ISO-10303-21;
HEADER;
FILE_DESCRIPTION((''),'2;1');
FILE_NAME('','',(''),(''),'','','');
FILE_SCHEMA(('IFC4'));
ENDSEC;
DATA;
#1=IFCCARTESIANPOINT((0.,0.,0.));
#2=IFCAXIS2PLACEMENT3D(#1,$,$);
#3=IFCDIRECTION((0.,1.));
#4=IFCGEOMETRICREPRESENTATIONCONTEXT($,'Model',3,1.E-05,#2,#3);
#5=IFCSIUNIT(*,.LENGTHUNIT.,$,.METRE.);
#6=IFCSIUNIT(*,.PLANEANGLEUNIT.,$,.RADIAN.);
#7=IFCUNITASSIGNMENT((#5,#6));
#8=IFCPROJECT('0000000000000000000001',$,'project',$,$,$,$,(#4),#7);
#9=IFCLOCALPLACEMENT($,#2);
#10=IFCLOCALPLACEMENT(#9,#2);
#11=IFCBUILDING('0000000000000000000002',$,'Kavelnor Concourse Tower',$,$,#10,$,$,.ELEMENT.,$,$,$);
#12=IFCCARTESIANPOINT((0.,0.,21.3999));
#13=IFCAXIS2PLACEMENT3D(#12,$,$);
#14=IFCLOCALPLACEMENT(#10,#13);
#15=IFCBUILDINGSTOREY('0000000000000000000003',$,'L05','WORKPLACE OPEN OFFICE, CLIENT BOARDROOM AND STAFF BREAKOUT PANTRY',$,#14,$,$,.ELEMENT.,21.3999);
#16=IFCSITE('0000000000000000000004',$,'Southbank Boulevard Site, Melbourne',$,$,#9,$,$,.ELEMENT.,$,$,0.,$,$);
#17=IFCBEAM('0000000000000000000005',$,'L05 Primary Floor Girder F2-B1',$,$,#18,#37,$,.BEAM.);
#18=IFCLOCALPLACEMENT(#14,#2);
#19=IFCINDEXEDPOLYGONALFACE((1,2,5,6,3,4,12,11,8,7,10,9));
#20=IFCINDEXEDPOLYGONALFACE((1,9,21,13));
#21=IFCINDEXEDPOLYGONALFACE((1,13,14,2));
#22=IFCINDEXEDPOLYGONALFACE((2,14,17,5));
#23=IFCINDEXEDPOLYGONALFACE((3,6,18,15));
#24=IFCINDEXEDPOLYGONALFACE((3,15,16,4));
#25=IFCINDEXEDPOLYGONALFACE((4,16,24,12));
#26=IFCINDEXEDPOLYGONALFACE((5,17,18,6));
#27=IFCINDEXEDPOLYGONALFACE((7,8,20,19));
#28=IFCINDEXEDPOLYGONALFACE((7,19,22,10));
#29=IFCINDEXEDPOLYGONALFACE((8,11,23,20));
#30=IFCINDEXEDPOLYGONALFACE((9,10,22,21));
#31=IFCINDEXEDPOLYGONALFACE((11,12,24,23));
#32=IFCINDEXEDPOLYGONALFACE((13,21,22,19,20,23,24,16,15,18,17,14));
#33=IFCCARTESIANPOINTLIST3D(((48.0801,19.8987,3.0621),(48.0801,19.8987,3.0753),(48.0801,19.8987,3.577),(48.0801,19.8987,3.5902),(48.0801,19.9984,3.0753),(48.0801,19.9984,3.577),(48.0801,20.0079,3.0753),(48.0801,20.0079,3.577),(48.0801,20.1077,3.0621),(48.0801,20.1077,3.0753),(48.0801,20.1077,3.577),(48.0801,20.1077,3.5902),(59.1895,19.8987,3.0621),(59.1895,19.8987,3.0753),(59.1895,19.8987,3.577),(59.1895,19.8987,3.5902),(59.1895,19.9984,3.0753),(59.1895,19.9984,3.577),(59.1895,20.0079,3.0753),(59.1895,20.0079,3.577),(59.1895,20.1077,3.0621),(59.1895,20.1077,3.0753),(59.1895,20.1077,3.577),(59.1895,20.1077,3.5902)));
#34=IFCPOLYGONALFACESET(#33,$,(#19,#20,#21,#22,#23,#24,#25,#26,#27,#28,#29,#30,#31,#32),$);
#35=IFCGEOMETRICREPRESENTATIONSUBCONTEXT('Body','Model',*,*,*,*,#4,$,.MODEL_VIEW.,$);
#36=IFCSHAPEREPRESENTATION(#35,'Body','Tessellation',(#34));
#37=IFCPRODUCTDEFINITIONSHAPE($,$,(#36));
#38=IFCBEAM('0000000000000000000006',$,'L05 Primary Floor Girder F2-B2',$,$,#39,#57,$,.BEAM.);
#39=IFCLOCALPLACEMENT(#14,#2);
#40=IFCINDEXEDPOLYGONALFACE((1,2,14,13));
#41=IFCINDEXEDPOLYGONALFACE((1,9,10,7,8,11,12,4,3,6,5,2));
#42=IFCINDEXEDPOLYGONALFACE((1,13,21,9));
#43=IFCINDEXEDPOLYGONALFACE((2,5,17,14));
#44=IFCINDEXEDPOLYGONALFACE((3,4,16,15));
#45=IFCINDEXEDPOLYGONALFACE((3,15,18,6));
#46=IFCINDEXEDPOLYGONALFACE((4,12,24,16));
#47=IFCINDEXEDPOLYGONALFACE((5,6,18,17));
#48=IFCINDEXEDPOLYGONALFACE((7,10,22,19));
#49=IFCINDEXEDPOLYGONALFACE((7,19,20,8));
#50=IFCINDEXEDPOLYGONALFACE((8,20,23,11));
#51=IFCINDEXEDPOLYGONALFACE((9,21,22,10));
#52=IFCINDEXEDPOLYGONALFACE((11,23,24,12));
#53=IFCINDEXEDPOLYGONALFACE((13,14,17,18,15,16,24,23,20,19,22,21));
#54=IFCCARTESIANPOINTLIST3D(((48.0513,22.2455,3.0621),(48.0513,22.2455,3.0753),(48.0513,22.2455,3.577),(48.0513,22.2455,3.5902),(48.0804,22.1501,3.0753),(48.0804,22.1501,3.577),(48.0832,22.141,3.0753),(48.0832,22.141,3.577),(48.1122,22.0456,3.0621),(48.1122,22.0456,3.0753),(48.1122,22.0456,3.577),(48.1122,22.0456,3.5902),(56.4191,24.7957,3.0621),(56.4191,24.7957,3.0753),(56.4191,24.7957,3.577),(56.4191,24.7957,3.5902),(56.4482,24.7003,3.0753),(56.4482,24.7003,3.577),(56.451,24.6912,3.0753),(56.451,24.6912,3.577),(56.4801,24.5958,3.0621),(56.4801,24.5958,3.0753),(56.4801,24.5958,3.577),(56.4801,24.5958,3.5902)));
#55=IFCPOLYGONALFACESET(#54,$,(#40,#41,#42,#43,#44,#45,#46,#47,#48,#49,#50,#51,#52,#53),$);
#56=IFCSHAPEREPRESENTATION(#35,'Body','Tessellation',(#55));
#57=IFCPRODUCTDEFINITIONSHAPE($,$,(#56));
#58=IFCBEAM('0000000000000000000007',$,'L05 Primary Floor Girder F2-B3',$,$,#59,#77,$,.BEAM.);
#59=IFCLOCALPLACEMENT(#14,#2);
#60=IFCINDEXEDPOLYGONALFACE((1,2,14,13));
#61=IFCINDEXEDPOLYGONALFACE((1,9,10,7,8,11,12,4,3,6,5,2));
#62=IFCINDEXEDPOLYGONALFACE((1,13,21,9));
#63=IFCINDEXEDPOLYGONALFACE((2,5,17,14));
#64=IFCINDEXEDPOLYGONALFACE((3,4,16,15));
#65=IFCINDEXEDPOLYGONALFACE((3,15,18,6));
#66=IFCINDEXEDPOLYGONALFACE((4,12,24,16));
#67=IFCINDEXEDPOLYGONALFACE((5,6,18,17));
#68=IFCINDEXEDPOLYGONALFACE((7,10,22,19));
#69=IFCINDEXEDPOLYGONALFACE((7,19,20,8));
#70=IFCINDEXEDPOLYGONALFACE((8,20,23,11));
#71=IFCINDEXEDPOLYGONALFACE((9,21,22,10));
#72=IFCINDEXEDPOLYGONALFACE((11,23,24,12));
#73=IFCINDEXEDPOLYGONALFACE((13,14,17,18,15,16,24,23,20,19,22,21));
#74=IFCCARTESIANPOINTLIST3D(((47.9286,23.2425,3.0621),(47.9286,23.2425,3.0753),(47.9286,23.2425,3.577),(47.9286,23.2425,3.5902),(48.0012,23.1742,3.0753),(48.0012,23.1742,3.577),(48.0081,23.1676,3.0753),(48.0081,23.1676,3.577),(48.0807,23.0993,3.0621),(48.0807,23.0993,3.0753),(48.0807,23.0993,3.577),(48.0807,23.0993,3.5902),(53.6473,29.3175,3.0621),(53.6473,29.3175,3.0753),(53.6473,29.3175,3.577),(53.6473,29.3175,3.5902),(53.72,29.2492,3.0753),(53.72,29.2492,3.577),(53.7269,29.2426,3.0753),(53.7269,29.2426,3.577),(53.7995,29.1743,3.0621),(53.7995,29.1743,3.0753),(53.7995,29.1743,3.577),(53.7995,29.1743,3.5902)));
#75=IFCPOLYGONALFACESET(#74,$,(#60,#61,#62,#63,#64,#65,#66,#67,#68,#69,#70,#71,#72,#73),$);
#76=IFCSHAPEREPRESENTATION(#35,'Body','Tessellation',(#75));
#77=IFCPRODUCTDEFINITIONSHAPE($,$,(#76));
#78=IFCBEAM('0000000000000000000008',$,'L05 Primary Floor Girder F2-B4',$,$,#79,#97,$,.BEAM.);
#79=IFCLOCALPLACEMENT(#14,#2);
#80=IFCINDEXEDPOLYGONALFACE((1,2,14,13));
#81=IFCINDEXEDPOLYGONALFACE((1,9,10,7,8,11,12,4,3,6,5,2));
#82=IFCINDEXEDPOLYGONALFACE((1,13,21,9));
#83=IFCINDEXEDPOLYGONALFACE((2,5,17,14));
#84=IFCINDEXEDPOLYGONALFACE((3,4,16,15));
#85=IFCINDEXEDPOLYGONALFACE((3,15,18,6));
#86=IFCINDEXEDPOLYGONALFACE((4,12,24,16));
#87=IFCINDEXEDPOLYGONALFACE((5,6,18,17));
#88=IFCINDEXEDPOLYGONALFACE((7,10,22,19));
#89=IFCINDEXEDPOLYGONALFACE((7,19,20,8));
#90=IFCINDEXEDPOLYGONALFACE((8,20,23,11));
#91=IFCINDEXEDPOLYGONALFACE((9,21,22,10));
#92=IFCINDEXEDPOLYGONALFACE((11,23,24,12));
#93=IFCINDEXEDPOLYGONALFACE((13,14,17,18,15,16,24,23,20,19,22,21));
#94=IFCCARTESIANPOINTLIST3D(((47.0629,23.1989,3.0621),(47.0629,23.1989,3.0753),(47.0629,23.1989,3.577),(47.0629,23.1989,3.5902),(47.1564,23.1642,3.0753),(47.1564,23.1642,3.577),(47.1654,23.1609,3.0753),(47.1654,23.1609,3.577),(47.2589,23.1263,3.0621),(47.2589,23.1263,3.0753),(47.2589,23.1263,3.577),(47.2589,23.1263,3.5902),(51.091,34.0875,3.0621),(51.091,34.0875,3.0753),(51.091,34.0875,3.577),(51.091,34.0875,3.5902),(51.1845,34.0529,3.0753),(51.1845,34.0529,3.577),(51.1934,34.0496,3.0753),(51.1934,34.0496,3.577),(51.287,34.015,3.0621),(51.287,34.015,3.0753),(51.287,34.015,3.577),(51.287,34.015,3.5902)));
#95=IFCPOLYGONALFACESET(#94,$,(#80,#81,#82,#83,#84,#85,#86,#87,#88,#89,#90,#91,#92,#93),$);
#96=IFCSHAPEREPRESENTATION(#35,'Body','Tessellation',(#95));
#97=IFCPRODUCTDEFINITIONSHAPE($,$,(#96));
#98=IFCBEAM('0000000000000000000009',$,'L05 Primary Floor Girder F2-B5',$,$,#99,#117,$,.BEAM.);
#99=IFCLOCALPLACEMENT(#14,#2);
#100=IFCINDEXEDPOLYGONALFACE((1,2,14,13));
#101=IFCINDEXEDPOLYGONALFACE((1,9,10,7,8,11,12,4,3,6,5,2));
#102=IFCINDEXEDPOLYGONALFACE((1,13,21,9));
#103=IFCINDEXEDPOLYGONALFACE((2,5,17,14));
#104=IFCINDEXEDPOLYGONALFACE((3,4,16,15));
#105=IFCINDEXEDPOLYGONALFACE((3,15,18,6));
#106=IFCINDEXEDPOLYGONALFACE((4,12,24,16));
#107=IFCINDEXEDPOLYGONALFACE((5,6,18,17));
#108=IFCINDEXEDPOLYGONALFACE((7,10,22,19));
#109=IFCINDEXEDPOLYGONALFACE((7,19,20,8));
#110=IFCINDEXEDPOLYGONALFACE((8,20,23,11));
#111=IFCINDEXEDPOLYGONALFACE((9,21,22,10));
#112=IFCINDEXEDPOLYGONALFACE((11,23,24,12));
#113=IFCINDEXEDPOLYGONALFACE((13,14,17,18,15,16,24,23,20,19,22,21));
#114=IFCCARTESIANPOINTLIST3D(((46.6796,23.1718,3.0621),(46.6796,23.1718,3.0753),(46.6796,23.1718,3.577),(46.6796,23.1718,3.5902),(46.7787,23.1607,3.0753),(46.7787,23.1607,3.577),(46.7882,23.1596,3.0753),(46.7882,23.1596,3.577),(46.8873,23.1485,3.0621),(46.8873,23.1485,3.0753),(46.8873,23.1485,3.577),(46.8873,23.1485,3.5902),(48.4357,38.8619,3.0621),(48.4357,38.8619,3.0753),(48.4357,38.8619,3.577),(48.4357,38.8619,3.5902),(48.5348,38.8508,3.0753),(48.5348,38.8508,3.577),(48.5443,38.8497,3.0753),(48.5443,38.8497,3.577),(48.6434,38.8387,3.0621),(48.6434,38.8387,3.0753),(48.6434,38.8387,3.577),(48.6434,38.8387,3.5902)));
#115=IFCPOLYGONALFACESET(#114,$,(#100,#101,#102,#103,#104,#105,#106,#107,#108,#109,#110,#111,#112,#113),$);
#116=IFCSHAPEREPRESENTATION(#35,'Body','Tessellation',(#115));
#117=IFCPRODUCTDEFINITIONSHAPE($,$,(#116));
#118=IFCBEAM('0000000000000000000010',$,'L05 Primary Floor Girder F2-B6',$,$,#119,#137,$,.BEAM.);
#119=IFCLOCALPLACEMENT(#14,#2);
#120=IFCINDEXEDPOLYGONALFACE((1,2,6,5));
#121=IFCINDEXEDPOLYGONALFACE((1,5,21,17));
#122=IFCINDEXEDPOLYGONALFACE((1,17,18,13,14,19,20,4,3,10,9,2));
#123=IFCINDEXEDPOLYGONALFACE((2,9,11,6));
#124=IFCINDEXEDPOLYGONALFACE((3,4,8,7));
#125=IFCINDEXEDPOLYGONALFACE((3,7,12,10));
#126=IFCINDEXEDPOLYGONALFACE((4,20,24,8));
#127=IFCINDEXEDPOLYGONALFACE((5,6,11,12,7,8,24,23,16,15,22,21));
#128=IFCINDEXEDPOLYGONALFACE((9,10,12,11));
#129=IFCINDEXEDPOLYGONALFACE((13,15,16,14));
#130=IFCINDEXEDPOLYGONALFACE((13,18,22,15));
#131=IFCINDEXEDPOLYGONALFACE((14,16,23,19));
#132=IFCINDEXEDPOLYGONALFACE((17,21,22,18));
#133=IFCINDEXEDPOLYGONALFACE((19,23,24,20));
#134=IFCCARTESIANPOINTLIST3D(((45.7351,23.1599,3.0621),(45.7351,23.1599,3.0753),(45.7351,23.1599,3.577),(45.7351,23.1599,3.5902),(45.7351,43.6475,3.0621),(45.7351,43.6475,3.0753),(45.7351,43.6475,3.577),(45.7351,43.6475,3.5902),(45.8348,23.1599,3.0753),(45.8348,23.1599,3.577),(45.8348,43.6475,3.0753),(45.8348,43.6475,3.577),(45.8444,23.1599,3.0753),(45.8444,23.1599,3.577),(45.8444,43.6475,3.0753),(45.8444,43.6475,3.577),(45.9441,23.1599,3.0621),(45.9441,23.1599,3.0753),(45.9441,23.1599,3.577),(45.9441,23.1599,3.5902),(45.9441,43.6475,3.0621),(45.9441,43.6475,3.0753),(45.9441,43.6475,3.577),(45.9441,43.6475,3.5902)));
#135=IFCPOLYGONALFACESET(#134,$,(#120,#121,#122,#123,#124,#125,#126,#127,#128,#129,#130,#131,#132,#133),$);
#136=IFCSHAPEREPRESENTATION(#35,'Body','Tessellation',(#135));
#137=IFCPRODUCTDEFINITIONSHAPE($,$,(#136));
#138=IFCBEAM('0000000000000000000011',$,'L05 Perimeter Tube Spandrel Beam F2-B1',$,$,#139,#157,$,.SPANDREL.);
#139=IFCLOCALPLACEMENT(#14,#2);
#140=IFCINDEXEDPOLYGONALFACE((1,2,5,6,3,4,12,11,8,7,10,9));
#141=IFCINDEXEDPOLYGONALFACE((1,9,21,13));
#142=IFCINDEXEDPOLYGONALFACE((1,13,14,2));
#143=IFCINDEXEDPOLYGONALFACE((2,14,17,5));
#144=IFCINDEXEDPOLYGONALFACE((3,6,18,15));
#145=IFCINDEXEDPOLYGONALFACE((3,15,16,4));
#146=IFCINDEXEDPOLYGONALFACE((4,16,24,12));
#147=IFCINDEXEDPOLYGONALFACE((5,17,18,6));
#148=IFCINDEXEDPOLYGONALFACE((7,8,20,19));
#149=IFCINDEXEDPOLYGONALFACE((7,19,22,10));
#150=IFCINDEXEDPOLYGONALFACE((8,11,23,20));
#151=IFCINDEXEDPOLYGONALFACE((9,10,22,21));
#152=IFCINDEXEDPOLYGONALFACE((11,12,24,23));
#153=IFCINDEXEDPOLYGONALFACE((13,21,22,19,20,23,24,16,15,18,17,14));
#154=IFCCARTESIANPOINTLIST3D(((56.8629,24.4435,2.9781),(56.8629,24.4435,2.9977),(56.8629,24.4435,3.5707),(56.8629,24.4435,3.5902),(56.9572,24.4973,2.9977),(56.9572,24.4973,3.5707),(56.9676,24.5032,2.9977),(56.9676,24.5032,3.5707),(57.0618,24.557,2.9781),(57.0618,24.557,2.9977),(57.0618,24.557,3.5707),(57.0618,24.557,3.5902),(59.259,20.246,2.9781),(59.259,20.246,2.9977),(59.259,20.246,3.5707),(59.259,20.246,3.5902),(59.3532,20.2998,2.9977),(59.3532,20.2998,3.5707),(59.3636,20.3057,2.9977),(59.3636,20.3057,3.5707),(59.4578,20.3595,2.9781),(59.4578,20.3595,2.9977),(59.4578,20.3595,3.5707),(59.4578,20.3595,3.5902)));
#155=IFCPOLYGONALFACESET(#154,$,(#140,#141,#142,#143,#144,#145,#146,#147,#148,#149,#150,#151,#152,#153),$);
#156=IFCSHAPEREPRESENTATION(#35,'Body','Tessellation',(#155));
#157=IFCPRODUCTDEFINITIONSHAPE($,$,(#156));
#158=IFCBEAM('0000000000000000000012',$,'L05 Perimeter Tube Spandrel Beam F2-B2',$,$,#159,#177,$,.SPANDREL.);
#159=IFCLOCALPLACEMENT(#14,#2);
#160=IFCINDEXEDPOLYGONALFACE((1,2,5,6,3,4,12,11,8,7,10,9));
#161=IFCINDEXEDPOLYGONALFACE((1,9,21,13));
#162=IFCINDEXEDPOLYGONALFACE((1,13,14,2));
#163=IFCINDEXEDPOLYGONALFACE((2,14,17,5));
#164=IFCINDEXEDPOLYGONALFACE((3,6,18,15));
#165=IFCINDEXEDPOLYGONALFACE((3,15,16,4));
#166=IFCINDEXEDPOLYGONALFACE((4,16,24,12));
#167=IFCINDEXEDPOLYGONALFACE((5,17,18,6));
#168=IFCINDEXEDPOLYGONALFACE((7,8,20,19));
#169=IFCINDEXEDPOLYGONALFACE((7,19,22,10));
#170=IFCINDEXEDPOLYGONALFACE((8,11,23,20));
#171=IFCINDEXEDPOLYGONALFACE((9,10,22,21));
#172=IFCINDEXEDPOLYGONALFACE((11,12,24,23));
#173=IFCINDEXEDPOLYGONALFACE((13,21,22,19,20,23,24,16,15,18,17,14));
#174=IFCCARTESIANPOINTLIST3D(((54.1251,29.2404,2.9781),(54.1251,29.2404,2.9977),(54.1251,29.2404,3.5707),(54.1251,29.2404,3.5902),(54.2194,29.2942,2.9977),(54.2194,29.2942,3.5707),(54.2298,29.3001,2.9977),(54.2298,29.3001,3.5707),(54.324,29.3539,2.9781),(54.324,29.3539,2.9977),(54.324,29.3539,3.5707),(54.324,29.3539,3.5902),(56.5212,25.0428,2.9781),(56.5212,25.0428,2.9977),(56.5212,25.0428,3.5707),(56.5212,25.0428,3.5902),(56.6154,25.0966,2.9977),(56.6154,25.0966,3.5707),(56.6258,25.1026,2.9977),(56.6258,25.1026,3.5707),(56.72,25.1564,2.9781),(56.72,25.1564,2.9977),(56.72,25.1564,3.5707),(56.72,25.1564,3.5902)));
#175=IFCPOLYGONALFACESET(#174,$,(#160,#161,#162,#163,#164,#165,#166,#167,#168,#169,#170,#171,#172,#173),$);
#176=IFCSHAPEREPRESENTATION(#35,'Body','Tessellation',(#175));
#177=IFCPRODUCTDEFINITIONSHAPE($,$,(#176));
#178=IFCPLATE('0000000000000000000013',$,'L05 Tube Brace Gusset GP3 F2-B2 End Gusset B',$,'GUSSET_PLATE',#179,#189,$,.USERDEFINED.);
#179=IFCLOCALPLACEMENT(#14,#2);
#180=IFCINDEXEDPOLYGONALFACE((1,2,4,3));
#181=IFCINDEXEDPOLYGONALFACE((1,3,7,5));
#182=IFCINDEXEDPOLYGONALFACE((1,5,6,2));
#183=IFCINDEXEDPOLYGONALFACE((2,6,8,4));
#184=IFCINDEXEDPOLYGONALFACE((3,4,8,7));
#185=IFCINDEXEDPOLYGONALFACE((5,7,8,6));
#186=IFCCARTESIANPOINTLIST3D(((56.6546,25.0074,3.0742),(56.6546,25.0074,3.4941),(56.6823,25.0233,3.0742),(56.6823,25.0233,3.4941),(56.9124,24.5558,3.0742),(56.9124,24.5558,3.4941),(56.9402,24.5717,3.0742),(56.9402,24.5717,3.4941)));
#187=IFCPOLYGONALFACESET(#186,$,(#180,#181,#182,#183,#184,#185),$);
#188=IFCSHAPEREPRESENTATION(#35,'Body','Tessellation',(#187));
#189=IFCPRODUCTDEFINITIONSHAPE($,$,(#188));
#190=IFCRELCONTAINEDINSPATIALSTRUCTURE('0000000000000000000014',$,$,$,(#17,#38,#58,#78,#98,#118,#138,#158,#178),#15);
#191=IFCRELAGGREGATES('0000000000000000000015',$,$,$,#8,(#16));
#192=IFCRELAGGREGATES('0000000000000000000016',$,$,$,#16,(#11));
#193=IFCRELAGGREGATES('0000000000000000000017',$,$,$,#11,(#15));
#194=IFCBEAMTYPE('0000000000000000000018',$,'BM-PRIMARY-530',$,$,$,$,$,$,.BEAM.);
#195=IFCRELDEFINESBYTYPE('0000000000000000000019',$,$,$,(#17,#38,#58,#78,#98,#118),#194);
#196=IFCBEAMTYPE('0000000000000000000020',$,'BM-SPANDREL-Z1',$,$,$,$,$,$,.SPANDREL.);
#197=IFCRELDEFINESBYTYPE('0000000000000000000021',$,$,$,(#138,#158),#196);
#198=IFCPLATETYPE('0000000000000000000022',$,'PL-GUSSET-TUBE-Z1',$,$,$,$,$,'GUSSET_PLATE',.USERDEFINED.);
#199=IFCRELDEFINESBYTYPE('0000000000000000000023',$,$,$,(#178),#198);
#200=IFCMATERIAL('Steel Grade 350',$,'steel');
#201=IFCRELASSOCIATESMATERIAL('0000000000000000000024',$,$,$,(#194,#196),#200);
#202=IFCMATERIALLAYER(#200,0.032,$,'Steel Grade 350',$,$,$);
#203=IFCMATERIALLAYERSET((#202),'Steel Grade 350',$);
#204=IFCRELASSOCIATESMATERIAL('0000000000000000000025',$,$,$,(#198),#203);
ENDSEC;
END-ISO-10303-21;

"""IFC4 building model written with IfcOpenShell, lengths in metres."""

from ifc_helpers import new_model, si_unit, direction, frame, origin, origin_2d, place, context, subcontext, project, spatial, rectangle, i_section, extrude, material, layer, layer_set, material_profile, profile_set, type_object, element, save


model = new_model("IFC4")

# Units and contexts
model_context = context("Model", 3, precision=1e-05, world=origin(), true_north=direction((0.0, 1.0)))
body_context = subcontext(model_context, "Body", "Model", "MODEL_VIEW")
ifc_project = project(units=[si_unit("LENGTHUNIT", "METRE"), si_unit("PLANEANGLEUNIT", "RADIAN")], contexts=[model_context])

# Site, building, storey
site_placement = place(None, origin())
site = spatial("IfcSite", under=ifc_project, at=site_placement, Name="Southbank Boulevard Site, Melbourne", CompositionType="ELEMENT", RefElevation=0.0)
building_placement = place(site_placement, origin())
building = spatial("IfcBuilding", under=site, at=building_placement, Name="Kavelnor Concourse Tower", CompositionType="ELEMENT")
storey_placement = place(building_placement, frame((0.0, 0.0, 21.3999)))
storey = spatial("IfcBuildingStorey", under=building, at=storey_placement, Name="L05", Description="WORKPLACE OPEN OFFICE, CLIENT BOARDROOM AND STAFF BREAKOUT PANTRY", CompositionType="ELEMENT", Elevation=21.3999)

# Shared definitions
ifc_material_1 = material(Name="Steel Grade 350", Category="steel")

# Beams
ifc_material_profile_1 = material_profile(ifc_material_1, i_section(OverallWidth=0.209, OverallDepth=0.5281, WebThickness=0.0095, FlangeThickness=0.0132, at=origin_2d()), Name="530UB82")
ifc_profile_set_1 = profile_set([ifc_material_profile_1], Name="Steel Grade 350")
beam_type_1 = type_object("IfcBeamType", Name="BM-PRIMARY-530", PredefinedType="BEAM", material=ifc_profile_set_1)
beam_1_placement = place(storey_placement, frame((48.0801, 20.0032, 3.3262), z_axis=(1.0, 0.0, 0.0), x_axis=(0.0, 1.0, 0.0)))
element("IfcBeam", 1, at=beam_1_placement, inside=storey, type_object=beam_type_1, Name="L05 Primary Floor Girder F2-B1", PredefinedType="BEAM", context=body_context, shape_type="SweptSolid", body=[
    extrude(i_section(OverallWidth=0.209, OverallDepth=0.5281, WebThickness=0.0095, FlangeThickness=0.0132, at=origin_2d()), origin(), (0.0, 0.0, 1.0), 11.1094),
])
beam_2_placement = place(storey_placement, frame((48.0818, 22.1455, 3.3262), z_axis=(0.956561, 0.291531, 0.0), x_axis=(-0.291531, 0.956561, 0.0)))
element("IfcBeam", 2, at=beam_2_placement, inside=storey, type_object=beam_type_1, Name="L05 Primary Floor Girder F2-B2", PredefinedType="BEAM", context=body_context, shape_type="SweptSolid", body=[
    extrude(i_section(OverallWidth=0.209, OverallDepth=0.5281, WebThickness=0.0095, FlangeThickness=0.0132, at=origin_2d()), origin(), (0.0, 0.0, 1.0), 8.7478),
])
beam_3_placement = place(storey_placement, frame((48.0046, 23.1709, 3.3262), z_axis=(0.685438, 0.728131, 0.0), x_axis=(-0.728131, 0.685438, 0.0)))
element("IfcBeam", 3, at=beam_3_placement, inside=storey, type_object=beam_type_1, Name="L05 Primary Floor Girder F2-B3", PredefinedType="BEAM", context=body_context, shape_type="SweptSolid", body=[
    extrude(i_section(OverallWidth=0.209, OverallDepth=0.5281, WebThickness=0.0095, FlangeThickness=0.0132, at=origin_2d()), origin(), (0.0, 0.0, 1.0), 8.3433),
])
beam_4_placement = place(storey_placement, frame((47.1609, 23.1626, 3.3262), z_axis=(0.346953, 0.937882, 0.0), x_axis=(-0.937882, 0.346953, 0.0)))
element("IfcBeam", 4, at=beam_4_placement, inside=storey, type_object=beam_type_1, Name="L05 Primary Floor Girder F2-B4", PredefinedType="BEAM", context=body_context, shape_type="SweptSolid", body=[
    extrude(i_section(OverallWidth=0.209, OverallDepth=0.5281, WebThickness=0.0095, FlangeThickness=0.0132, at=origin_2d()), origin(), (0.0, 0.0, 1.0), 11.6099),
])
beam_5_placement = place(storey_placement, frame((46.7834, 23.1602, 3.3262), z_axis=(0.111229, 0.993795, 0.0), x_axis=(-0.993795, 0.111229, 0.0)))
element("IfcBeam", 5, at=beam_5_placement, inside=storey, type_object=beam_type_1, Name="L05 Primary Floor Girder F2-B5", PredefinedType="BEAM", context=body_context, shape_type="SweptSolid", body=[
    extrude(i_section(OverallWidth=0.209, OverallDepth=0.5281, WebThickness=0.0095, FlangeThickness=0.0132, at=origin_2d()), origin(), (0.0, 0.0, 1.0), 15.7881),
])
beam_6_placement = place(storey_placement, frame((45.8396, 23.1599, 3.3262), z_axis=(0.0, 1.0, 0.0), x_axis=(-1.0, 0.0, 0.0)))
element("IfcBeam", 6, at=beam_6_placement, inside=storey, type_object=beam_type_1, Name="L05 Primary Floor Girder F2-B6", PredefinedType="BEAM", context=body_context, shape_type="SweptSolid", body=[
    extrude(i_section(OverallWidth=0.209, OverallDepth=0.5281, WebThickness=0.0095, FlangeThickness=0.0132, at=origin_2d()), origin(), (0.0, 0.0, 1.0), 20.4875),
])
ifc_material_profile_2 = material_profile(ifc_material_1, i_section(OverallWidth=0.229, OverallDepth=0.6121, WebThickness=0.012, FlangeThickness=0.0195, at=origin_2d()), Name="610UB125")
ifc_profile_set_2 = profile_set([ifc_material_profile_2], Name="Steel Grade 350")
beam_type_2 = type_object("IfcBeamType", Name="BM-SPANDREL-Z1", PredefinedType="SPANDREL", material=ifc_profile_set_2)
for number, where, z_axis, x_axis, name in (
    (7, (59.3584, 20.3027, 3.2842), (-0.495736, 0.868473, 0.0), (-0.868473, -0.495736, 0.0), "L05 Perimeter Tube Spandrel Beam F2-B1"),
    (8, (56.6206, 25.0996, 3.2842), (-0.495736, 0.868473, 0.0), (-0.868473, -0.495736, 0.0), "L05 Perimeter Tube Spandrel Beam F2-B2"),
):
    element("IfcBeam", number, at=place(storey_placement, frame(where, z_axis=z_axis, x_axis=x_axis)), inside=storey, type_object=beam_type_2, Name=name, PredefinedType="SPANDREL", context=body_context, shape_type="SweptSolid", body=[
        extrude(i_section(OverallWidth=0.229, OverallDepth=0.6121, WebThickness=0.012, FlangeThickness=0.0195, at=origin_2d()), origin(), (0.0, 0.0, 1.0), 4.8333),
    ])

# Plate
ifc_layer_1 = layer(ifc_material_1, 0.032, Name="Steel Grade 350")
ifc_layer_set_1 = layer_set([ifc_layer_1], Name="Steel Grade 350")
plate_type = type_object("IfcPlateType", Name="PL-GUSSET-TUBE-Z1", ElementType="GUSSET_PLATE", PredefinedType="USERDEFINED", material=ifc_layer_set_1)
plate_placement = place(storey_placement, frame((56.7974, 24.7896, 3.0742), z_axis=(0.0, 0.0, 1.0), x_axis=(0.495762, -0.868459, 0.0)))
element("IfcPlate", 9, at=plate_placement, inside=storey, type_object=plate_type, Name="L05 Tube Brace Gusset GP3 F2-B2 End Gusset B", ObjectType="GUSSET_PLATE", PredefinedType="USERDEFINED", context=body_context, shape_type="SweptSolid", body=[
    extrude(rectangle(XDim=0.52, YDim=0.032, at=origin_2d()), origin(), (0.0, 0.0, 1.0), 0.4199),
])

save(model, "model.ifc")
